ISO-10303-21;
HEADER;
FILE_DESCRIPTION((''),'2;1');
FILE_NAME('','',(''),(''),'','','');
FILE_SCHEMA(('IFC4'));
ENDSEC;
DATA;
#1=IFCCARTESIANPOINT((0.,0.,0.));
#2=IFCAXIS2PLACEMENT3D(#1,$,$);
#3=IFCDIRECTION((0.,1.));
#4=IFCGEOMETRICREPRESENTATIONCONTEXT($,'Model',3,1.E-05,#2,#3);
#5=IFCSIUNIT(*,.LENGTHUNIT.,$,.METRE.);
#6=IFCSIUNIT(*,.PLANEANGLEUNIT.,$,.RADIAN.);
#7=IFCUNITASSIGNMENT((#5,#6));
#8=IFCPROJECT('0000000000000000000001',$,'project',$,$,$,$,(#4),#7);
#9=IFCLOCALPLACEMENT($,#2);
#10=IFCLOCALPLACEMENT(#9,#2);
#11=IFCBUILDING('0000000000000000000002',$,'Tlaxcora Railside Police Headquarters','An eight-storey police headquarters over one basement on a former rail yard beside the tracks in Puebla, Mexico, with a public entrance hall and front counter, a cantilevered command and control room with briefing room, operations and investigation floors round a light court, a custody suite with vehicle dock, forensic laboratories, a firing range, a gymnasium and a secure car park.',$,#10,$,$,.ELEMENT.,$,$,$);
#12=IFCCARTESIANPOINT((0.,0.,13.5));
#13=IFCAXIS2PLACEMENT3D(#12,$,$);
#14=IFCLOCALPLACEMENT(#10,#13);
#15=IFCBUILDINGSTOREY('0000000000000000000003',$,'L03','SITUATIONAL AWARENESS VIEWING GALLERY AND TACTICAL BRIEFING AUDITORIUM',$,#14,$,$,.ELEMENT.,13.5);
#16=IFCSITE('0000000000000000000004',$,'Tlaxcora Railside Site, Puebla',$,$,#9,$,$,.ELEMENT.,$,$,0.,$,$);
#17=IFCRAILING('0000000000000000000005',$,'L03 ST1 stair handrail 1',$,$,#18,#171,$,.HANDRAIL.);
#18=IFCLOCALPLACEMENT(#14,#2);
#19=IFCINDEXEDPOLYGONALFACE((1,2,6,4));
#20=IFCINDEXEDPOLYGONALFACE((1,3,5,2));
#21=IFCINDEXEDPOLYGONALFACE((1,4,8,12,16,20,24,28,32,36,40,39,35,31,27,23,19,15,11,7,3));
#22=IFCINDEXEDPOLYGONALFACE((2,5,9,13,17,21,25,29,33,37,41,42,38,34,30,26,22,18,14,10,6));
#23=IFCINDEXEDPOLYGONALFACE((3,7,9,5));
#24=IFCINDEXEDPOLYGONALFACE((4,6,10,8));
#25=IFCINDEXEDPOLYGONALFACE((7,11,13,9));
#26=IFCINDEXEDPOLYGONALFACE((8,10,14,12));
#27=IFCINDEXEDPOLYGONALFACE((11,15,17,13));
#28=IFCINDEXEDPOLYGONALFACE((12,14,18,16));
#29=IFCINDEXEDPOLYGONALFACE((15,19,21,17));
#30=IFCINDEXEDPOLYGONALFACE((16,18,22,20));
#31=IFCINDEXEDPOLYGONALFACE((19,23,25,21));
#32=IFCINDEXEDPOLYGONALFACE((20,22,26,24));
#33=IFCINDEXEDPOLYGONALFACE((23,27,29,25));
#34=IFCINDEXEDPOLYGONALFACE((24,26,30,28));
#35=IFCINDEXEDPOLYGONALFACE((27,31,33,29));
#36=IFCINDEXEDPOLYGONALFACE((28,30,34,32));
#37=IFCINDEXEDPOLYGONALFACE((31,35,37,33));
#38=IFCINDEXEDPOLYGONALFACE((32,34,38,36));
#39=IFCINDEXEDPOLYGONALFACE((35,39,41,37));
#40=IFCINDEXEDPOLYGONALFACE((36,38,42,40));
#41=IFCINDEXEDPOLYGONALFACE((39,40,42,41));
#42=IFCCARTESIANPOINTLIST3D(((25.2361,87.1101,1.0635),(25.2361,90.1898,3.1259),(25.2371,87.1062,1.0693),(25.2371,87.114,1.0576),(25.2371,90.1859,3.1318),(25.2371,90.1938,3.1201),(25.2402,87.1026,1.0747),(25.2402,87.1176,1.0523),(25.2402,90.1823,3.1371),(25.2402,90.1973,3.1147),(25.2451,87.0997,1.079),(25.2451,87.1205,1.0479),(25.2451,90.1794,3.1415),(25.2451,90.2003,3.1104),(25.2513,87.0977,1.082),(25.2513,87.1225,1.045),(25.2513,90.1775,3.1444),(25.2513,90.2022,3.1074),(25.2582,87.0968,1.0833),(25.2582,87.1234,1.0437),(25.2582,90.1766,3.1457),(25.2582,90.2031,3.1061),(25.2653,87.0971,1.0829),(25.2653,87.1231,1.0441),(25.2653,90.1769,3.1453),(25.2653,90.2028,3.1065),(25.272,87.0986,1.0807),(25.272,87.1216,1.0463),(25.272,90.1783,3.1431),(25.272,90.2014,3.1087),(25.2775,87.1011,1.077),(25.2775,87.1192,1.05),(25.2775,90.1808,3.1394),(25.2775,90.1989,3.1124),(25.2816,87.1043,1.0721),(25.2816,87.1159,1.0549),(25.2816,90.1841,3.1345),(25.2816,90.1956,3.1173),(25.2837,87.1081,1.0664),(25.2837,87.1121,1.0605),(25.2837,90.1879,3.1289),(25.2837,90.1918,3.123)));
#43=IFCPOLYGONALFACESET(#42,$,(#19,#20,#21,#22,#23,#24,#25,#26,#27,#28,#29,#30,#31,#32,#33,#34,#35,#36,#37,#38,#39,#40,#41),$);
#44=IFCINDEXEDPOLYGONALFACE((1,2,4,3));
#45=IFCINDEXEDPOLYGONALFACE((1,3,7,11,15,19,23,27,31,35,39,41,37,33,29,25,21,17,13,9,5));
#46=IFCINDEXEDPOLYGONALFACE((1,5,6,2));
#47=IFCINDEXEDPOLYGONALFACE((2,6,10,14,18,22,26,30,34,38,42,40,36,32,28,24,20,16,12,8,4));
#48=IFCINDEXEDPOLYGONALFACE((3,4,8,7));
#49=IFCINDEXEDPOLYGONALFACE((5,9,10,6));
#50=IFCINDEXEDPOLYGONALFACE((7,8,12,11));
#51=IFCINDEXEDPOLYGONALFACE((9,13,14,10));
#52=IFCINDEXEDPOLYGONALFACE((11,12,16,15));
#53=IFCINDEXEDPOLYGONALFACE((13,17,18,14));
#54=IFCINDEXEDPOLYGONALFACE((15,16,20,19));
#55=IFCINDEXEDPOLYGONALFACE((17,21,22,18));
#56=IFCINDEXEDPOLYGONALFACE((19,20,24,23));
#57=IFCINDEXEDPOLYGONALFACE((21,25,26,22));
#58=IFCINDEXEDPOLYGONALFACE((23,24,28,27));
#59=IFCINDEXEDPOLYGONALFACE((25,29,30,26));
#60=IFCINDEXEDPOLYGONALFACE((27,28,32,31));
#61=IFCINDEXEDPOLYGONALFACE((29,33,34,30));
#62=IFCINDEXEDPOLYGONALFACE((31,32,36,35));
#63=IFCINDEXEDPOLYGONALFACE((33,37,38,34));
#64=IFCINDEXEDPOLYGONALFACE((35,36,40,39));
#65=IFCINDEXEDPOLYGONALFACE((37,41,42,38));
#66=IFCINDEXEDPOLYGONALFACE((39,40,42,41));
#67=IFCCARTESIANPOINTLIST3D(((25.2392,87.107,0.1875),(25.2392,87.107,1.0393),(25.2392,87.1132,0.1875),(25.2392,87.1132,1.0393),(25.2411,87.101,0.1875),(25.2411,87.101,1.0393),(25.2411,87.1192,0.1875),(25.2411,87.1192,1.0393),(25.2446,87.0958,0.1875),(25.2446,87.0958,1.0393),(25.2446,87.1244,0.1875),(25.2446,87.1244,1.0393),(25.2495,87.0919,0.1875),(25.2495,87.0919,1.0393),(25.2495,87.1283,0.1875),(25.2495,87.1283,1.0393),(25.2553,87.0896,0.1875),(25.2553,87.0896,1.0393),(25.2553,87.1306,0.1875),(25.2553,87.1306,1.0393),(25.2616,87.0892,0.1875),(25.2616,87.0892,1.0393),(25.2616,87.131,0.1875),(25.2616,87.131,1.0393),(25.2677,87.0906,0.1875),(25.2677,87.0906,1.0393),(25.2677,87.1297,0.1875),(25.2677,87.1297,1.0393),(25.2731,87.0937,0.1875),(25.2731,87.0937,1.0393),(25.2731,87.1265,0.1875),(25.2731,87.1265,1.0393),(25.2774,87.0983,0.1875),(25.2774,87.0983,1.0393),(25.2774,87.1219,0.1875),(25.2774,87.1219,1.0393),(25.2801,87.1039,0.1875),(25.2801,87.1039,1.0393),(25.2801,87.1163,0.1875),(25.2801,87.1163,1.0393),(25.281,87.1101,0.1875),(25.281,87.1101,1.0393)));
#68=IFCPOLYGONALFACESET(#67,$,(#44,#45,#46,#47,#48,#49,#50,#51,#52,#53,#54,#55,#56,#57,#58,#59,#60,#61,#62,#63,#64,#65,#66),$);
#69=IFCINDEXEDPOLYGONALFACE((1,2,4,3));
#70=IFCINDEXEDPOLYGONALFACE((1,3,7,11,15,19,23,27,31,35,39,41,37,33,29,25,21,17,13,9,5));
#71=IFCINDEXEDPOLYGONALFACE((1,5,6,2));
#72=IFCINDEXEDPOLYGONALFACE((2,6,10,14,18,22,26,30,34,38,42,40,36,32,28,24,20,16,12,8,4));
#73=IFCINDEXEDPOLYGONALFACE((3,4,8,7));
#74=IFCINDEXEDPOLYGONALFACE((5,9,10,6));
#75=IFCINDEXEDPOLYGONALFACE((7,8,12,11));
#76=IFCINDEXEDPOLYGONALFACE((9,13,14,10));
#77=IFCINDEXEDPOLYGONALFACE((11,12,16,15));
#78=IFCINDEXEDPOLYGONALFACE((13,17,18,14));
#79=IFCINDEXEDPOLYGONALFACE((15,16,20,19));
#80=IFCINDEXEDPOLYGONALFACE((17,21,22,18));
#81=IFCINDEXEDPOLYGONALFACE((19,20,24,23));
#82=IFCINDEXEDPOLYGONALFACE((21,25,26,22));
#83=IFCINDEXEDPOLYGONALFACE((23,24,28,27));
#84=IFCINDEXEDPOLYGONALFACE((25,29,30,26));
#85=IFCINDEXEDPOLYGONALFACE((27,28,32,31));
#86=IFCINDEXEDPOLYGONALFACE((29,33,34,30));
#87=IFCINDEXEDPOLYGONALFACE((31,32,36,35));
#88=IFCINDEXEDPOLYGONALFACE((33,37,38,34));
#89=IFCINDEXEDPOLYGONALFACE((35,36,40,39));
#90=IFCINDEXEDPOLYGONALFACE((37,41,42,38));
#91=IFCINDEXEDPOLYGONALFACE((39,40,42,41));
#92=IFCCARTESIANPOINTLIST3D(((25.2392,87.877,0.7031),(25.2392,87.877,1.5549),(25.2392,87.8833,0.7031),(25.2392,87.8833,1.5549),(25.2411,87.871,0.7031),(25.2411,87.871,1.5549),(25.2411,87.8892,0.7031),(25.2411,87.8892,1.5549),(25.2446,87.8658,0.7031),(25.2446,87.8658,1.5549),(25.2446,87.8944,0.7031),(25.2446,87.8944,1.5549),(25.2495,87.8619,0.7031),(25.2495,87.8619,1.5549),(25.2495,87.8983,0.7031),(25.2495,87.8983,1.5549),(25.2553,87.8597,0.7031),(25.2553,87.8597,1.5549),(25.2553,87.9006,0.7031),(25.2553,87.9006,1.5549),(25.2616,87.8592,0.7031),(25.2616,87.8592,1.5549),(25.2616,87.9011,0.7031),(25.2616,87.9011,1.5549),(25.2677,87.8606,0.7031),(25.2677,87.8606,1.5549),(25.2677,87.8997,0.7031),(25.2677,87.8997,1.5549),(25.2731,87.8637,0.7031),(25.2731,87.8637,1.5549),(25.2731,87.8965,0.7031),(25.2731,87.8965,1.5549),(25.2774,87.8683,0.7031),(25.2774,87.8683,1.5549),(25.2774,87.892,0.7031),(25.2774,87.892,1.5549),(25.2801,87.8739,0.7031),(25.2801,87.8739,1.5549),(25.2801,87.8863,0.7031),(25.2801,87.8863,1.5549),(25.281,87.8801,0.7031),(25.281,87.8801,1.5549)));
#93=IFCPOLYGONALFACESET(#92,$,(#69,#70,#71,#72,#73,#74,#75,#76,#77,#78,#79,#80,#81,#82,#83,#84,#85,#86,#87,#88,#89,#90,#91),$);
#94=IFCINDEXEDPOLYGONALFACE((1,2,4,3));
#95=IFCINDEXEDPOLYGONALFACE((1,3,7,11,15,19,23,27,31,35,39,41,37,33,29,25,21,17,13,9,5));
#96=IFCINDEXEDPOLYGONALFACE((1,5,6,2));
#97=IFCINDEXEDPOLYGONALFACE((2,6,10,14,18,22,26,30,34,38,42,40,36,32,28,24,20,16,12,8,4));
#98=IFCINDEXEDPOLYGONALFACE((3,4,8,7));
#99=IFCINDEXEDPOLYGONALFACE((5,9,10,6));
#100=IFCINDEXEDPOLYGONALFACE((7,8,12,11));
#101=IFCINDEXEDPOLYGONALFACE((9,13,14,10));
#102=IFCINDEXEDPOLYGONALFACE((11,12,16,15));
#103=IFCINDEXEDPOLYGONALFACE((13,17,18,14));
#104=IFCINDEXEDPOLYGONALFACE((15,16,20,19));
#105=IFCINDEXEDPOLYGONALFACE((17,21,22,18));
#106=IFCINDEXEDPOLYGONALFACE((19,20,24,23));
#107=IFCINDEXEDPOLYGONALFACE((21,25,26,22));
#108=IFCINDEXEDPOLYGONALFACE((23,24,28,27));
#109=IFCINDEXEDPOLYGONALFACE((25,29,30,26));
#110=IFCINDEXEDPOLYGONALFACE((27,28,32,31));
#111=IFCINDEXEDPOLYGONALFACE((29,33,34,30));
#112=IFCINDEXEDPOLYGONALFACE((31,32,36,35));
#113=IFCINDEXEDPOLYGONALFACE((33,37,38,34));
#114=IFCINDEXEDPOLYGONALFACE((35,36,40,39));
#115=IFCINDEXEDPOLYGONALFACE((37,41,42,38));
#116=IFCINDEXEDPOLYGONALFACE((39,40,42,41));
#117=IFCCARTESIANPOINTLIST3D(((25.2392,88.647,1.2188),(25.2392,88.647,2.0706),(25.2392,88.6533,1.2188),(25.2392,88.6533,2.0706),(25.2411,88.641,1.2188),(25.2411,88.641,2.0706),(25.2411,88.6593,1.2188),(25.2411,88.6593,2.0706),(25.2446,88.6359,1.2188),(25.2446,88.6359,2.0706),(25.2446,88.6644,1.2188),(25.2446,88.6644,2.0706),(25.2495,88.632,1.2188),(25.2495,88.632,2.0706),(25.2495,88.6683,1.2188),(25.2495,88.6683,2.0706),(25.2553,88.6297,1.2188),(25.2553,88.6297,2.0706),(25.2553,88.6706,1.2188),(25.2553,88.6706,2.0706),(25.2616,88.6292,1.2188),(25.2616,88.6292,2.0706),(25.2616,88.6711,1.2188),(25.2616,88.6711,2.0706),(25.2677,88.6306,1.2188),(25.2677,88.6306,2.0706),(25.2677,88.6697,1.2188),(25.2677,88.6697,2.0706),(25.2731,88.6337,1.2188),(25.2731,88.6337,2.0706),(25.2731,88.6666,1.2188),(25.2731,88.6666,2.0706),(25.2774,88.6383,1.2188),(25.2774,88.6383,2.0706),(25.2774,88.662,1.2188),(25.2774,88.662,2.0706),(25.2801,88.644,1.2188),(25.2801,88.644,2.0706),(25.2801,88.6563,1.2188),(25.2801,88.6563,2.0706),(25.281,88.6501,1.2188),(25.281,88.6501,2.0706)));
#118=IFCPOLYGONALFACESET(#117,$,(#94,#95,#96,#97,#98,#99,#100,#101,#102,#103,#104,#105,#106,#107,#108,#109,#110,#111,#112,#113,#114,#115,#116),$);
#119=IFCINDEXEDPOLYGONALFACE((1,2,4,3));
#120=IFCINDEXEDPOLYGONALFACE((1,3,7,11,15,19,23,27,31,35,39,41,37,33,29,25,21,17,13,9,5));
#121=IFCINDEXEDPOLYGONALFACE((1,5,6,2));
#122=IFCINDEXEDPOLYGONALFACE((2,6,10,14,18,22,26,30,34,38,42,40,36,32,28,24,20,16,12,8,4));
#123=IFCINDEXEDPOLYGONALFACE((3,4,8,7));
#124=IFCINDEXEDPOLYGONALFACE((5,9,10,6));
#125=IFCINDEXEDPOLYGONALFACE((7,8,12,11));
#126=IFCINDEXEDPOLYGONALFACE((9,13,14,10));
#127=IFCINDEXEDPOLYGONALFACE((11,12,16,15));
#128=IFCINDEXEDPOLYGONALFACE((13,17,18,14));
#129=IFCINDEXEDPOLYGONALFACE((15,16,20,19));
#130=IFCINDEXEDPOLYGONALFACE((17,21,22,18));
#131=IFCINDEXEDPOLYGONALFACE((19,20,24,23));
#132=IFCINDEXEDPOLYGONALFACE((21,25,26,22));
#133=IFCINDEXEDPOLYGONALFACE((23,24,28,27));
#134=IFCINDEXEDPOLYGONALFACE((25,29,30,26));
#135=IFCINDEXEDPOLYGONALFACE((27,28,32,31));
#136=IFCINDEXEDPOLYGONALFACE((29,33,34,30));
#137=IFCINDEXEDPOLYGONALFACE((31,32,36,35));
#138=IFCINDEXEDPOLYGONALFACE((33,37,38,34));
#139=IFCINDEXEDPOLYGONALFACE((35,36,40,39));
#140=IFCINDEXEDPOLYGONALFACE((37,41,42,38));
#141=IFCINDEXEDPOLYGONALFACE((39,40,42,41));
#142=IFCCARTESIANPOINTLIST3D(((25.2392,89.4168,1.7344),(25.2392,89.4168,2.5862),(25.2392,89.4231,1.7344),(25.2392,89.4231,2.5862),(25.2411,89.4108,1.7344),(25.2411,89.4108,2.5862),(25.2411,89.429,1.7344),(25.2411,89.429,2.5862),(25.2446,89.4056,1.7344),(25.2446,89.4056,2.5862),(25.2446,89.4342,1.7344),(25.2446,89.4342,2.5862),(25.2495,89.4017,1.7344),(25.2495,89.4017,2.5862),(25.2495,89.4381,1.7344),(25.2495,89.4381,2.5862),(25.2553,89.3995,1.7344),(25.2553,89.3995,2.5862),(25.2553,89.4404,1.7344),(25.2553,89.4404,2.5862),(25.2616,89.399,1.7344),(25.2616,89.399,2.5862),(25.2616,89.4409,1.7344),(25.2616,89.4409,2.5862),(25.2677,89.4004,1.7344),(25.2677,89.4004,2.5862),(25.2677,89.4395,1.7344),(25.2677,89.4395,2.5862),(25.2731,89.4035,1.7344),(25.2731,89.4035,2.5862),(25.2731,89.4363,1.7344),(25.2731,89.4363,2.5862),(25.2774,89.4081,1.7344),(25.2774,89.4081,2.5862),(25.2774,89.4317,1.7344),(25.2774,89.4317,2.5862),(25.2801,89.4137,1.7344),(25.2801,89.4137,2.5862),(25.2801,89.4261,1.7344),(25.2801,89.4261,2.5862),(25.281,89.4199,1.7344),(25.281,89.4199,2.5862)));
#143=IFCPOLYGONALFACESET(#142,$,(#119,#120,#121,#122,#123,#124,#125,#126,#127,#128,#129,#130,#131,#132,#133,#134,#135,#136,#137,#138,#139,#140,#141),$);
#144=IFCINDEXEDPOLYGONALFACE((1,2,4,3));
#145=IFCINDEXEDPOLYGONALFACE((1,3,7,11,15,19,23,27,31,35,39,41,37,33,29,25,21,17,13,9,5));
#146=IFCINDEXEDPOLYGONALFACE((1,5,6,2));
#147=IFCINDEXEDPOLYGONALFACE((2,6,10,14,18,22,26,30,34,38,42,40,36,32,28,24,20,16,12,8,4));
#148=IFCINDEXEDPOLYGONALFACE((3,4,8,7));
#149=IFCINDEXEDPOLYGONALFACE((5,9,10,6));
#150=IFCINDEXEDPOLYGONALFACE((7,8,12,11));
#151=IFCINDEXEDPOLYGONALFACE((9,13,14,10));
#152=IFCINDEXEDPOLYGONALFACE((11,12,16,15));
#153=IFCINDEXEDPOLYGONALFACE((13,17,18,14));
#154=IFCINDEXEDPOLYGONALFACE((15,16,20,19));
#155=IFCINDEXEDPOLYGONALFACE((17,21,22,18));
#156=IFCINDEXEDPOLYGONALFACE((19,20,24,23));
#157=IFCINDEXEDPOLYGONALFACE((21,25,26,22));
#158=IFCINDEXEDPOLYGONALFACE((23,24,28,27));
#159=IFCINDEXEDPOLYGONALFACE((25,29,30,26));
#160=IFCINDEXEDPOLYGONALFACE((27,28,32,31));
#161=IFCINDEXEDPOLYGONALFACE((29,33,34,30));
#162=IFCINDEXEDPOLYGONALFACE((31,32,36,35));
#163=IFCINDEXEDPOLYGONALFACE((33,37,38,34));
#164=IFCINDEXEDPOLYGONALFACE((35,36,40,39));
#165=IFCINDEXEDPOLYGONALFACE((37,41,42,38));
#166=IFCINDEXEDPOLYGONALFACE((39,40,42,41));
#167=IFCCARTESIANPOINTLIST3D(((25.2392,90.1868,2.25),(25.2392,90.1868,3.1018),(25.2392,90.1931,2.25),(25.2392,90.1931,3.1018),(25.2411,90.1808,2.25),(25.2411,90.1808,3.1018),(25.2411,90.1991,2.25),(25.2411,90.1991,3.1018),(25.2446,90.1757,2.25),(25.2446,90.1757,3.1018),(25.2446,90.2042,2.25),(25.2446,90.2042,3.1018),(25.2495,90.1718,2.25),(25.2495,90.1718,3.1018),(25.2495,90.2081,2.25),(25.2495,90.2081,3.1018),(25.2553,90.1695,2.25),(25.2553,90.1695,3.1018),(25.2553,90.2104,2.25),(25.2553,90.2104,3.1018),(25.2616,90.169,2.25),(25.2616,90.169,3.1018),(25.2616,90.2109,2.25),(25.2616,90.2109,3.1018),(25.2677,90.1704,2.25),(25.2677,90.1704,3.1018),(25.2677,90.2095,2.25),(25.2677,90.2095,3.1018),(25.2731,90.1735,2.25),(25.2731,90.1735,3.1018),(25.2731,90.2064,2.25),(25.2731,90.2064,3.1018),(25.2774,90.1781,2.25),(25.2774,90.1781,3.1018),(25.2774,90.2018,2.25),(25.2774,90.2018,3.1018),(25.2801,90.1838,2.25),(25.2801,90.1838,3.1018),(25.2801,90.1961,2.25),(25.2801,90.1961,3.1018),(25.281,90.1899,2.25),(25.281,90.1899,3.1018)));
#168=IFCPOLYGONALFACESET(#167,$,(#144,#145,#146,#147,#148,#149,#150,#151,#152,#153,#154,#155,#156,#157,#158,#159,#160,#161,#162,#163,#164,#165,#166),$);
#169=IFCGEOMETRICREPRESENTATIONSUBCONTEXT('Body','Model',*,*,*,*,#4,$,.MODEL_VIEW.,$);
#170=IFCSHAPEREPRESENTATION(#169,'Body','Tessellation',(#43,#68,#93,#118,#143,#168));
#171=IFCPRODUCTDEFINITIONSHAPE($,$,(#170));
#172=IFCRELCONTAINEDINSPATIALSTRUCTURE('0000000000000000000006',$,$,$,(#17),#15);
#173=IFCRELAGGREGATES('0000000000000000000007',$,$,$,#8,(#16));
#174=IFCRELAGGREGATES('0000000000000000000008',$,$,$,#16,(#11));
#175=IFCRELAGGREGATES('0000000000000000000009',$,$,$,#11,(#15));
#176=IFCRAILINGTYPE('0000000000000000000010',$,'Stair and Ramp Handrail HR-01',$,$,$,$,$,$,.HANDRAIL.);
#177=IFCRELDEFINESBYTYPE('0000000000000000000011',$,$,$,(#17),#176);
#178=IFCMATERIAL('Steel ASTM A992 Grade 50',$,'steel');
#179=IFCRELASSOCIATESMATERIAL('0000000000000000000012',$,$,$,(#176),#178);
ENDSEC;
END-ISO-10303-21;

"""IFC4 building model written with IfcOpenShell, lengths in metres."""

from ifc_helpers import new_model, si_unit, direction, frame, origin, origin_2d, place, context, subcontext, project, spatial, circle, extrude, material, type_object, element, save


model = new_model("IFC4")

# Units and contexts
model_context = context("Model", 3, precision=1e-05, world=origin(), true_north=direction((0.0, 1.0)))
body_context = subcontext(model_context, "Body", "Model", "MODEL_VIEW")
ifc_project = project(units=[si_unit("LENGTHUNIT", "METRE"), si_unit("PLANEANGLEUNIT", "RADIAN")], contexts=[model_context])

# Site, building, storey
site_placement = place(None, origin())
site = spatial("IfcSite", under=ifc_project, at=site_placement, Name="Tlaxcora Railside Site, Puebla", CompositionType="ELEMENT", RefElevation=0.0)
building_placement = place(site_placement, origin())
building = spatial("IfcBuilding", under=site, at=building_placement, Name="Tlaxcora Railside Police Headquarters", Description="An eight-storey police headquarters over one basement on a former rail yard beside the tracks in Puebla, Mexico, with a public entrance hall and front counter, a cantilevered command and control room with briefing room, operations and investigation floors round a light court, a custody suite with vehicle dock, forensic laboratories, a firing range, a gymnasium and a secure car park.", CompositionType="ELEMENT")
storey_placement = place(building_placement, frame((0.0, 0.0, 13.5)))
storey = spatial("IfcBuildingStorey", under=building, at=storey_placement, Name="L03", Description="SITUATIONAL AWARENESS VIEWING GALLERY AND TACTICAL BRIEFING AUDITORIUM", CompositionType="ELEMENT", Elevation=13.5)

# Shared definitions
ifc_material_1 = material(Name="Steel ASTM A992 Grade 50", Category="steel")

# Railing
railing_type = type_object("IfcRailingType", Name="Stair and Ramp Handrail HR-01", PredefinedType="HANDRAIL", material=ifc_material_1)
railing_placement = place(storey_placement, frame((25.26, 87.1101, 0.1875)))
element("IfcRailing", 1, at=railing_placement, inside=storey, type_object=railing_type, Name="L03 ST1 stair handrail 1", PredefinedType="HANDRAIL", context=body_context, shape_type="SweptSolid", body=[
    extrude(circle(Radius=0.0239, at=origin_2d()), frame((0.0, 0.0, 0.876), z_axis=(0.0, 0.830893, 0.556432), x_axis=(-1.0, 0.0, 0.0)), (0.0, 0.0, 1.0), 3.7065),
    extrude(circle(Radius=0.021, at=origin_2d()), origin(), (0.0, 0.0, 1.0), 0.8518),
    extrude(circle(Radius=0.021, at=origin_2d()), frame((0.0, 0.77, 0.5156)), (0.0, 0.0, 1.0), 0.8518),
    extrude(circle(Radius=0.021, at=origin_2d()), frame((0.0, 1.54, 1.0312)), (0.0, 0.0, 1.0), 0.8518),
    extrude(circle(Radius=0.021, at=origin_2d()), frame((0.0, 2.3098, 1.5469)), (0.0, 0.0, 1.0), 0.8518),
    extrude(circle(Radius=0.021, at=origin_2d()), frame((0.0, 3.0798, 2.0625)), (0.0, 0.0, 1.0), 0.8518),
])

save(model, "model.ifc")
